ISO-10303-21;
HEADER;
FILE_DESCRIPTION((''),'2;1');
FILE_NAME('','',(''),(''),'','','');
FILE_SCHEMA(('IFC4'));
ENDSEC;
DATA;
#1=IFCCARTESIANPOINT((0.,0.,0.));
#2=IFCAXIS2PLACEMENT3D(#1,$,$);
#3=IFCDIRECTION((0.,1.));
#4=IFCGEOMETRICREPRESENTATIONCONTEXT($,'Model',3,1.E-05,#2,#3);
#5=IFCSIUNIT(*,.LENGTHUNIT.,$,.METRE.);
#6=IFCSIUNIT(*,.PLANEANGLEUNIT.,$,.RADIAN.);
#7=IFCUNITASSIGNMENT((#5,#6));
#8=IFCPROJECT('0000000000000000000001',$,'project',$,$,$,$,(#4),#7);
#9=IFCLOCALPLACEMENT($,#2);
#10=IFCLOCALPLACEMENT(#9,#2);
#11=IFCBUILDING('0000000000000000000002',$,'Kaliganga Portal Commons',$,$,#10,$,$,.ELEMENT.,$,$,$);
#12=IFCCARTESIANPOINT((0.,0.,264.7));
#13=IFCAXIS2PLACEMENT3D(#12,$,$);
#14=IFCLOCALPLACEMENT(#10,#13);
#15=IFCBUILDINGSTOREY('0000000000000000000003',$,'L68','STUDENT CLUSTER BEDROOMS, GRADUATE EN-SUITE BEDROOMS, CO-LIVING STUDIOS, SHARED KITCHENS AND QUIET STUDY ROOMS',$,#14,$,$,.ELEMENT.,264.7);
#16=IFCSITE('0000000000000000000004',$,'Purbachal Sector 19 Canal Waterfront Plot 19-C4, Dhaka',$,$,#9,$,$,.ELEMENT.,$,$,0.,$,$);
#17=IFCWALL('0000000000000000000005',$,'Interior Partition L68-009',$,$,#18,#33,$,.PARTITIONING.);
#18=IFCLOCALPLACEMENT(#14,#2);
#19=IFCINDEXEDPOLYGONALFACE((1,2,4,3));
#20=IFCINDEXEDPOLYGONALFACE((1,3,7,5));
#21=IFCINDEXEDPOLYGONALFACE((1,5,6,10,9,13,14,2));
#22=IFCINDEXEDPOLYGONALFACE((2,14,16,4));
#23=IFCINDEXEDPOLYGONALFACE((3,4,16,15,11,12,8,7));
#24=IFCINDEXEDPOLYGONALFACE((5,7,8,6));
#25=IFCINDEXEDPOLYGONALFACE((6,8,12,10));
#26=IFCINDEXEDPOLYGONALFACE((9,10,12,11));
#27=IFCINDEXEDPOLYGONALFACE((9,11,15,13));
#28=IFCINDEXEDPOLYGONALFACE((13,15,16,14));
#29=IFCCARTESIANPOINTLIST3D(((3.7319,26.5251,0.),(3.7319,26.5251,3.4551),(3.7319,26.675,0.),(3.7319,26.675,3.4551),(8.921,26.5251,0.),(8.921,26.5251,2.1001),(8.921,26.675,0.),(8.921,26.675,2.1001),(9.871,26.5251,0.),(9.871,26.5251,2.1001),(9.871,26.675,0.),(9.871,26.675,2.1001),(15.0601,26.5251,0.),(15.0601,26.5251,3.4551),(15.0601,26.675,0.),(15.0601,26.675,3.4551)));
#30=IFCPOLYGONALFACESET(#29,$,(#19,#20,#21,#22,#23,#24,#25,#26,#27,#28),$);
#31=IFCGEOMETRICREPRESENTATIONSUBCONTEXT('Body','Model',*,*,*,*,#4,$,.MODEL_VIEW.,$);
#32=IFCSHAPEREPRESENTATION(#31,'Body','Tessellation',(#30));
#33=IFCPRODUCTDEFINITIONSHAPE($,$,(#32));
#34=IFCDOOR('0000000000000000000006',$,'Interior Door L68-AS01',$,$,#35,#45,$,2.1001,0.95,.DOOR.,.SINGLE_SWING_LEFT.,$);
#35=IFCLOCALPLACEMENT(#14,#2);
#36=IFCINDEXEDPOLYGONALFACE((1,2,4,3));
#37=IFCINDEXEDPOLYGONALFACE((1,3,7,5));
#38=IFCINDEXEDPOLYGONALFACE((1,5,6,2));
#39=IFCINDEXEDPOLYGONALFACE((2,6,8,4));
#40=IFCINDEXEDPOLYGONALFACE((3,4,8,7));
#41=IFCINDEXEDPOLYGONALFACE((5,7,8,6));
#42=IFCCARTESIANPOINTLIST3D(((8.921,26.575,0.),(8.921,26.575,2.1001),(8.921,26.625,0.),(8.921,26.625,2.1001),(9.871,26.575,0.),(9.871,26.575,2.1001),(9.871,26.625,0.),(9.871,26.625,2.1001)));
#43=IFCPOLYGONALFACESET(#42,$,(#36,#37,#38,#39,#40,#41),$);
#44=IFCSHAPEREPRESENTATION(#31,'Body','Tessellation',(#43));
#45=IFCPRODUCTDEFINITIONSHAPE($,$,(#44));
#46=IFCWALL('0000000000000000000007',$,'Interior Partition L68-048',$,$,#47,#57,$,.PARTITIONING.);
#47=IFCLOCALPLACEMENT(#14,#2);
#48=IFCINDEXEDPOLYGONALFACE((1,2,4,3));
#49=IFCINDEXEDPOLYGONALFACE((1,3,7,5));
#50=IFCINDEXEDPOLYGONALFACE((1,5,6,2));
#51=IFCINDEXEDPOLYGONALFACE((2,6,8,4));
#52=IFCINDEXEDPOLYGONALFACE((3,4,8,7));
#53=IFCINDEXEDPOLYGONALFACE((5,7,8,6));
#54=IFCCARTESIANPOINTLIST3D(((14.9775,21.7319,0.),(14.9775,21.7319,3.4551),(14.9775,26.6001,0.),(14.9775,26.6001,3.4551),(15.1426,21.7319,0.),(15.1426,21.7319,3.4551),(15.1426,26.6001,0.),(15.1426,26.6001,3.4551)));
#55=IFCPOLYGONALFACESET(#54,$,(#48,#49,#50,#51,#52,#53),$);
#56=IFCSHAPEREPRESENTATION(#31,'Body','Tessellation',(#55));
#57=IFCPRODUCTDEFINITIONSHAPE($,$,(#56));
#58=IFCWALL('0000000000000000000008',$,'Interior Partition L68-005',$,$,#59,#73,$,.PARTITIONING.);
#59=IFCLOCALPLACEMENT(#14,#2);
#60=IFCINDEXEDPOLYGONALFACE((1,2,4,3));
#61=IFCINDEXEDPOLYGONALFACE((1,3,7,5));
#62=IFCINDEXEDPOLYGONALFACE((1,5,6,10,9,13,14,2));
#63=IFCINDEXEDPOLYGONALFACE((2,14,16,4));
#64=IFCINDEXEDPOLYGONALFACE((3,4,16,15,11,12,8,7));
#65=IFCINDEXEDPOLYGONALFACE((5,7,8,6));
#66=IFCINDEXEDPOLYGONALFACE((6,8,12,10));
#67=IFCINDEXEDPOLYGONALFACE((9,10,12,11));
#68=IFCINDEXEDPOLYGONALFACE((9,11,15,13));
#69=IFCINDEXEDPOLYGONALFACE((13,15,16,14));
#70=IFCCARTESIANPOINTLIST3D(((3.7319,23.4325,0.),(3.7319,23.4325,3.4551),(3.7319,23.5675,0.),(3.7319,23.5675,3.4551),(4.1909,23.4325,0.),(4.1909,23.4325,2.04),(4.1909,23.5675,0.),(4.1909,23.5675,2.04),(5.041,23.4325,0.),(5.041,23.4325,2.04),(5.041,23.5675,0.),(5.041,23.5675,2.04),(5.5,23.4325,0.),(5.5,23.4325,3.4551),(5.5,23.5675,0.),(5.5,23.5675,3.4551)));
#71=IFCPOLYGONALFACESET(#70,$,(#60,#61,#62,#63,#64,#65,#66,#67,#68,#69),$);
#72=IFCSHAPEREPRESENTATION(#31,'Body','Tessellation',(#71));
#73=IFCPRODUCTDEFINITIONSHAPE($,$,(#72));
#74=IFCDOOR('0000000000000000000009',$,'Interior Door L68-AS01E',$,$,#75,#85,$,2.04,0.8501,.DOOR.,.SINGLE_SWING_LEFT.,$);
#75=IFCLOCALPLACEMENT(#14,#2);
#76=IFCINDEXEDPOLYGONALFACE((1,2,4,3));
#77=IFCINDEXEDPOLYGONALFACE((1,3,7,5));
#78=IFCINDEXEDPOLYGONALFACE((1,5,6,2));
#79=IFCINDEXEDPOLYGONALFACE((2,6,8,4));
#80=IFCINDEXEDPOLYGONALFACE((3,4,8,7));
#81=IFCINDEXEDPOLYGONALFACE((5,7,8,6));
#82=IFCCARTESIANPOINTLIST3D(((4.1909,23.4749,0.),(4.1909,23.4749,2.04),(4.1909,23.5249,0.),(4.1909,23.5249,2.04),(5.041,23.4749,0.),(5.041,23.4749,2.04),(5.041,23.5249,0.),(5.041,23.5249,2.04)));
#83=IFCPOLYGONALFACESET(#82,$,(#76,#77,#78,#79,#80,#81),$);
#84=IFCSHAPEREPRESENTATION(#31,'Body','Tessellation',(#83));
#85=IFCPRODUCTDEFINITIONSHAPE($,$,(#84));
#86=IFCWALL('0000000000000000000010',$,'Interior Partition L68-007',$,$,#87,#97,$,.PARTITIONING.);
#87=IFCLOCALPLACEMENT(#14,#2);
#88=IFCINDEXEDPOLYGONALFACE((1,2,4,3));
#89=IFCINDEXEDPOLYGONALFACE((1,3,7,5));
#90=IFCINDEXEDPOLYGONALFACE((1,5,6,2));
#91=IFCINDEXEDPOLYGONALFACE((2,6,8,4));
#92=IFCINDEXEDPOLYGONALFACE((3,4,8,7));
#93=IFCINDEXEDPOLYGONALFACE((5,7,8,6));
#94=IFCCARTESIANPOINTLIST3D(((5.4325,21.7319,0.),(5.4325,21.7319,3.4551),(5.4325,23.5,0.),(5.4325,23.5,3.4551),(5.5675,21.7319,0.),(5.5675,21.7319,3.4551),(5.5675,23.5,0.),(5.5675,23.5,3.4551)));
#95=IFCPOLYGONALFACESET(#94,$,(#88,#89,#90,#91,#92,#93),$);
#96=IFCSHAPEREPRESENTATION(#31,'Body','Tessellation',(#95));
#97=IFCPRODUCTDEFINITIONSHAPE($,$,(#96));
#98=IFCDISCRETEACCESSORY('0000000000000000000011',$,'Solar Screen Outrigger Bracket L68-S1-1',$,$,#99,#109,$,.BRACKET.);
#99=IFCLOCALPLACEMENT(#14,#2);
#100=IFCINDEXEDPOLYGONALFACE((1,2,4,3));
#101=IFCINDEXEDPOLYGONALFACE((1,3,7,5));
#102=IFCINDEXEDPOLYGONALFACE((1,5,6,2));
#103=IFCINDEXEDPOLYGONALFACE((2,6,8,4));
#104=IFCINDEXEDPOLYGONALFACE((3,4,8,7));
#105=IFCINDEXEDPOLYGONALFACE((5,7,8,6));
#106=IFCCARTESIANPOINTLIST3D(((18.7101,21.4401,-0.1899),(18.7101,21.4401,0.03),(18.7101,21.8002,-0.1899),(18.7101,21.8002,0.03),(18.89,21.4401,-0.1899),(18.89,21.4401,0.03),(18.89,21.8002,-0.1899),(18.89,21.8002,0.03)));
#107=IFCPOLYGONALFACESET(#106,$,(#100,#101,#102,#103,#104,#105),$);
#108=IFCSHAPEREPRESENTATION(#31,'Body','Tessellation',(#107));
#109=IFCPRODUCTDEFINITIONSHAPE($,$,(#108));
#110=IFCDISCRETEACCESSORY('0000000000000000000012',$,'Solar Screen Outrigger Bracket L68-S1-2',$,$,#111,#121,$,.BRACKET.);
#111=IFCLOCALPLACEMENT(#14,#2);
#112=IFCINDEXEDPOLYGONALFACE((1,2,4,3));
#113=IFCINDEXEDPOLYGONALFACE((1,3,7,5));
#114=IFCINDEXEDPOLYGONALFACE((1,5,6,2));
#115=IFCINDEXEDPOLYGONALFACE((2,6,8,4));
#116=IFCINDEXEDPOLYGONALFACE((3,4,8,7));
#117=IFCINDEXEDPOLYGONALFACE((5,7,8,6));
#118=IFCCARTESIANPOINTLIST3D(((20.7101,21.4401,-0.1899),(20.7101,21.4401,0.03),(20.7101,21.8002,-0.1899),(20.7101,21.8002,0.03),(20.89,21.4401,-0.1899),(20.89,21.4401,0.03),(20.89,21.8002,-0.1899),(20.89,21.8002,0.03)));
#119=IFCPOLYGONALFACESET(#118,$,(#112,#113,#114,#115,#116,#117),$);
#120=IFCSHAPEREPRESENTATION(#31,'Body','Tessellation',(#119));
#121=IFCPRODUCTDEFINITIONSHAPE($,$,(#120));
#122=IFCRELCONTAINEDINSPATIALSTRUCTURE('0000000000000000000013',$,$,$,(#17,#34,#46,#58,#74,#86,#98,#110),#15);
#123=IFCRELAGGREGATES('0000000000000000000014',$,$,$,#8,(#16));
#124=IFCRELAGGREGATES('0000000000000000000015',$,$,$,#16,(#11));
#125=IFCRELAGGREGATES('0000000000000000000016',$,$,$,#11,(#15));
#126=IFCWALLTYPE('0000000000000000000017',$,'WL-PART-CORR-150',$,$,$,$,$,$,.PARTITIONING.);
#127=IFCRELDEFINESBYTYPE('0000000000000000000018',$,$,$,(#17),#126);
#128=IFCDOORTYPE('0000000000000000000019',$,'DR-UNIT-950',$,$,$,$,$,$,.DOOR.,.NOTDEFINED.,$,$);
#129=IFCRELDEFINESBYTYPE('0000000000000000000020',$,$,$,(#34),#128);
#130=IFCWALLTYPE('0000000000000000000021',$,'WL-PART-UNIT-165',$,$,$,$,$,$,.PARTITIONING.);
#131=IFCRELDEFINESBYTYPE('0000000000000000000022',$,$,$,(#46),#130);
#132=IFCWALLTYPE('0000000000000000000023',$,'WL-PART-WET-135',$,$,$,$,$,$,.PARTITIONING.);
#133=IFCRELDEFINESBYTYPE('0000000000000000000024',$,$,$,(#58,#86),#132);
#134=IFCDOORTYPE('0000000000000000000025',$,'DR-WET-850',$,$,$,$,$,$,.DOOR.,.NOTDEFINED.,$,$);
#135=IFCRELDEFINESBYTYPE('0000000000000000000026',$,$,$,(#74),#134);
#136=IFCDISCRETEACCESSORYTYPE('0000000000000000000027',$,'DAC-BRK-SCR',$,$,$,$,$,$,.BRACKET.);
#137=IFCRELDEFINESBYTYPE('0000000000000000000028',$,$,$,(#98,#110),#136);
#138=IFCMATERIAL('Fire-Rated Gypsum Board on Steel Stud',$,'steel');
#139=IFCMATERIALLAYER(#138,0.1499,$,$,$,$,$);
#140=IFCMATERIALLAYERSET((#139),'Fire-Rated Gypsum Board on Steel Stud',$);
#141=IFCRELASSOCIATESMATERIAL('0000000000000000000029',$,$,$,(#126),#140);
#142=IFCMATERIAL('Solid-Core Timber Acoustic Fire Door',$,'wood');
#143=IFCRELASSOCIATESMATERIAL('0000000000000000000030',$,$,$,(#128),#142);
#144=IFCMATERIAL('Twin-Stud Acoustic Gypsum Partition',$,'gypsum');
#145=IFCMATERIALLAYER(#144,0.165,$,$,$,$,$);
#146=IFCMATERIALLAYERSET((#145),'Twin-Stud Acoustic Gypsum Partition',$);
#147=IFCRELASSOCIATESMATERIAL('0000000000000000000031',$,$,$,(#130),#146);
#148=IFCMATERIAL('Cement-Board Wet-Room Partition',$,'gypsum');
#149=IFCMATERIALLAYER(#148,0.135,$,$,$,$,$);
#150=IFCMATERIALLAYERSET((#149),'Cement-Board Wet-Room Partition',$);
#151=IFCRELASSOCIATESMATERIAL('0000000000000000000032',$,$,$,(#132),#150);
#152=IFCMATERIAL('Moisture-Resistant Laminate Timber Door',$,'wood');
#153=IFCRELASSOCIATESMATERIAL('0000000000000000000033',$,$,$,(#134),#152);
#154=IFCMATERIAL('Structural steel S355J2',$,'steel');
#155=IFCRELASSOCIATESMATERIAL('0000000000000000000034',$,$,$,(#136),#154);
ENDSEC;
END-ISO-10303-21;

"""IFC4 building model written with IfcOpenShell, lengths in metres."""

from ifc_helpers import new_model, si_unit, direction, frame, frame_2d, origin, origin_2d, place, context, subcontext, project, spatial, rectangle, extrude, source, transform, mapped, material, layer, layer_set, type_object, element, fill, save


model = new_model("IFC4")

# Units and contexts
model_context = context("Model", 3, precision=1e-05, world=origin(), true_north=direction((0.0, 1.0)))
body_context = subcontext(model_context, "Body", "Model", "MODEL_VIEW")
ifc_project = project(units=[si_unit("LENGTHUNIT", "METRE"), si_unit("PLANEANGLEUNIT", "RADIAN")], contexts=[model_context])

# Site, building, storey
site_placement = place(None, origin())
site = spatial("IfcSite", under=ifc_project, at=site_placement, Name="Purbachal Sector 19 Canal Waterfront Plot 19-C4, Dhaka", CompositionType="ELEMENT", RefElevation=0.0)
building_placement = place(site_placement, origin())
building = spatial("IfcBuilding", under=site, at=building_placement, Name="Kaliganga Portal Commons", CompositionType="ELEMENT")
storey_placement = place(building_placement, frame((0.0, 0.0, 264.7)))
storey = spatial("IfcBuildingStorey", under=building, at=storey_placement, Name="L68", Description="STUDENT CLUSTER BEDROOMS, GRADUATE EN-SUITE BEDROOMS, CO-LIVING STUDIOS, SHARED KITCHENS AND QUIET STUDY ROOMS", CompositionType="ELEMENT", Elevation=264.7)

# Shared definitions
ifc_material_1 = material(Name="Structural steel S355J2", Category="steel")

# Wall, opening, door
ifc_material_2 = material(Name="Fire-Rated Gypsum Board on Steel Stud", Category="steel")
ifc_layer_1 = layer(ifc_material_2, 0.1499)
ifc_layer_set_1 = layer_set([ifc_layer_1], Name="Fire-Rated Gypsum Board on Steel Stud")
wall_type_1 = type_object("IfcWallType", Name="WL-PART-CORR-150", PredefinedType="PARTITIONING", material=ifc_layer_set_1)
ifc_material_3 = material(Name="Solid-Core Timber Acoustic Fire Door", Category="wood")
door_type_1 = type_object("IfcDoorType", Name="DR-UNIT-950", OperationType="NOTDEFINED", PredefinedType="DOOR", material=ifc_material_3)
wall_1_placement = place(storey_placement, frame((3.7319, 26.6001, 0.0), z_axis=(0.0, 0.0, 1.0), x_axis=(1.0, 0.0, 0.0)))
wall_1 = element("IfcWall", 1, at=wall_1_placement, inside=storey, type_object=wall_type_1, Name="Interior Partition L68-009", PredefinedType="PARTITIONING", context=body_context, shape_type="SweptSolid", body=[
    extrude(rectangle(XDim=11.3281, YDim=0.1499, at=frame_2d((5.6641, 0.0))), origin(), (0.0, 0.0, 1.0), 3.4551),
])
opening_1_placement = place(wall_1_placement, frame((5.189, 0.0, 0.0)))
opening_1 = element("IfcOpeningElement", 2, at=opening_1_placement, cuts=wall_1, PredefinedType="OPENING", context=body_context, shape_type="SweptSolid", body=[
    extrude(rectangle(XDim=0.95, YDim=2.1001, at=frame_2d((0.4751, 1.05))), frame((0.0, 0.085, 0.0), z_axis=(0.0, -1.0, 0.0), x_axis=(1.0, 0.0, 0.0)), (0.0, 0.0, 1.0), 0.1699),
])
door_1_placement = place(opening_1_placement, origin())
door_1 = element("IfcDoor", 3, at=door_1_placement, inside=storey, type_object=door_type_1, Name="Interior Door L68-AS01", OperationType="SINGLE_SWING_LEFT", OverallHeight=2.1001, OverallWidth=0.95, PredefinedType="DOOR", context=body_context, shape_type="SweptSolid", body=[
    extrude(rectangle(XDim=0.95, YDim=2.1001, at=frame_2d((0.4751, 1.05))), frame((0.0, 0.0249, 0.0), z_axis=(0.0, -1.0, 0.0), x_axis=(1.0, 0.0, 0.0)), (0.0, 0.0, 1.0), 0.05),
])
fill(opening_1, door_1)

# Wall
ifc_material_4 = material(Name="Twin-Stud Acoustic Gypsum Partition", Category="gypsum")
ifc_layer_2 = layer(ifc_material_4, 0.165)
ifc_layer_set_2 = layer_set([ifc_layer_2], Name="Twin-Stud Acoustic Gypsum Partition")
wall_type_2 = type_object("IfcWallType", Name="WL-PART-UNIT-165", PredefinedType="PARTITIONING", material=ifc_layer_set_2)
wall_2_placement = place(storey_placement, frame((15.0601, 21.7319, 0.0), z_axis=(0.0, 0.0, 1.0), x_axis=(0.0, 1.0, 0.0)))
element("IfcWall", 4, at=wall_2_placement, inside=storey, type_object=wall_type_2, Name="Interior Partition L68-048", PredefinedType="PARTITIONING", context=body_context, shape_type="SweptSolid", body=[
    extrude(rectangle(XDim=4.8682, YDim=0.165, at=frame_2d((2.4341, 0.0))), origin(), (0.0, 0.0, 1.0), 3.4551),
])

# Wall, opening, door
ifc_material_5 = material(Name="Cement-Board Wet-Room Partition", Category="gypsum")
ifc_layer_3 = layer(ifc_material_5, 0.135)
ifc_layer_set_3 = layer_set([ifc_layer_3], Name="Cement-Board Wet-Room Partition")
wall_type_3 = type_object("IfcWallType", Name="WL-PART-WET-135", PredefinedType="PARTITIONING", material=ifc_layer_set_3)
wall_3_placement = place(storey_placement, frame((3.7319, 23.5, 0.0), z_axis=(0.0, 0.0, 1.0), x_axis=(1.0, 0.0, 0.0)))
wall_3 = element("IfcWall", 5, at=wall_3_placement, inside=storey, type_object=wall_type_3, Name="Interior Partition L68-005", PredefinedType="PARTITIONING", context=body_context, shape_type="SweptSolid", body=[
    extrude(rectangle(XDim=1.7681, YDim=0.135, at=frame_2d((0.884, 0.0))), origin(), (0.0, 0.0, 1.0), 3.4551),
])
opening_2_placement = place(wall_3_placement, frame((0.459, 0.0, 0.0)))
opening_2 = element("IfcOpeningElement", 6, at=opening_2_placement, cuts=wall_3, PredefinedType="OPENING", context=body_context, shape_type="SweptSolid", body=[
    extrude(rectangle(XDim=0.8501, YDim=2.04, at=frame_2d((0.425, 1.02))), frame((0.0, 0.0776, 0.0), z_axis=(0.0, -1.0, 0.0), x_axis=(1.0, 0.0, 0.0)), (0.0, 0.0, 1.0), 0.155),
])
ifc_material_6 = material(Name="Moisture-Resistant Laminate Timber Door", Category="wood")
door_type_2 = type_object("IfcDoorType", Name="DR-WET-850", OperationType="NOTDEFINED", PredefinedType="DOOR", material=ifc_material_6)
door_2_placement = place(opening_2_placement, origin())
door_2 = element("IfcDoor", 7, at=door_2_placement, inside=storey, type_object=door_type_2, Name="Interior Door L68-AS01E", OperationType="SINGLE_SWING_LEFT", OverallHeight=2.04, OverallWidth=0.8501, PredefinedType="DOOR", context=body_context, shape_type="SweptSolid", body=[
    extrude(rectangle(XDim=0.8501, YDim=2.04, at=frame_2d((0.425, 1.02))), frame((0.0, 0.0249, 0.0), z_axis=(0.0, -1.0, 0.0), x_axis=(1.0, 0.0, 0.0)), (0.0, 0.0, 1.0), 0.05),
])
fill(opening_2, door_2)

# Wall
wall_4_placement = place(storey_placement, frame((5.5, 21.7319, 0.0), z_axis=(0.0, 0.0, 1.0), x_axis=(0.0, 1.0, 0.0)))
element("IfcWall", 8, at=wall_4_placement, inside=storey, type_object=wall_type_3, Name="Interior Partition L68-007", PredefinedType="PARTITIONING", context=body_context, shape_type="SweptSolid", body=[
    extrude(rectangle(XDim=1.7681, YDim=0.135, at=frame_2d((0.884, 0.0))), origin(), (0.0, 0.0, 1.0), 3.4551),
])

# Discrete accessories
discrete_accessory_type = type_object("IfcDiscreteAccessoryType", Name="DAC-BRK-SCR", PredefinedType="BRACKET", material=ifc_material_1)
shared_shape_1 = source(origin(), body_context, "Body", "SweptSolid", [
    extrude(rectangle(XDim=0.1799, YDim=0.3601, at=origin_2d()), origin(), (0.0, 0.0, 1.0), 0.22),
])
for number, where, z_axis, x_axis, name in (
    (9, (18.8, 21.6201, -0.1899), (0.0, 0.0, 1.0), (1.0, 0.0, 0.0), "Solar Screen Outrigger Bracket L68-S1-1"),
    (10, (20.8, 21.6201, -0.1899), (0.0, 0.0, 1.0), (1.0, 0.0, 0.0), "Solar Screen Outrigger Bracket L68-S1-2"),
):
    element("IfcDiscreteAccessory", number, at=place(storey_placement, frame(where, z_axis=z_axis, x_axis=x_axis)), inside=storey, type_object=discrete_accessory_type, Name=name, PredefinedType="BRACKET", context=body_context, shape_type="MappedRepresentation", body=[
        mapped(shared_shape_1, transform((0.0, 0.0, 0.0), x_axis=(1.0, 0.0, 0.0), y_axis=(0.0, 1.0, 0.0), z_axis=(0.0, 0.0, 1.0), scale=1.0)),
    ])

save(model, "model.ifc")
